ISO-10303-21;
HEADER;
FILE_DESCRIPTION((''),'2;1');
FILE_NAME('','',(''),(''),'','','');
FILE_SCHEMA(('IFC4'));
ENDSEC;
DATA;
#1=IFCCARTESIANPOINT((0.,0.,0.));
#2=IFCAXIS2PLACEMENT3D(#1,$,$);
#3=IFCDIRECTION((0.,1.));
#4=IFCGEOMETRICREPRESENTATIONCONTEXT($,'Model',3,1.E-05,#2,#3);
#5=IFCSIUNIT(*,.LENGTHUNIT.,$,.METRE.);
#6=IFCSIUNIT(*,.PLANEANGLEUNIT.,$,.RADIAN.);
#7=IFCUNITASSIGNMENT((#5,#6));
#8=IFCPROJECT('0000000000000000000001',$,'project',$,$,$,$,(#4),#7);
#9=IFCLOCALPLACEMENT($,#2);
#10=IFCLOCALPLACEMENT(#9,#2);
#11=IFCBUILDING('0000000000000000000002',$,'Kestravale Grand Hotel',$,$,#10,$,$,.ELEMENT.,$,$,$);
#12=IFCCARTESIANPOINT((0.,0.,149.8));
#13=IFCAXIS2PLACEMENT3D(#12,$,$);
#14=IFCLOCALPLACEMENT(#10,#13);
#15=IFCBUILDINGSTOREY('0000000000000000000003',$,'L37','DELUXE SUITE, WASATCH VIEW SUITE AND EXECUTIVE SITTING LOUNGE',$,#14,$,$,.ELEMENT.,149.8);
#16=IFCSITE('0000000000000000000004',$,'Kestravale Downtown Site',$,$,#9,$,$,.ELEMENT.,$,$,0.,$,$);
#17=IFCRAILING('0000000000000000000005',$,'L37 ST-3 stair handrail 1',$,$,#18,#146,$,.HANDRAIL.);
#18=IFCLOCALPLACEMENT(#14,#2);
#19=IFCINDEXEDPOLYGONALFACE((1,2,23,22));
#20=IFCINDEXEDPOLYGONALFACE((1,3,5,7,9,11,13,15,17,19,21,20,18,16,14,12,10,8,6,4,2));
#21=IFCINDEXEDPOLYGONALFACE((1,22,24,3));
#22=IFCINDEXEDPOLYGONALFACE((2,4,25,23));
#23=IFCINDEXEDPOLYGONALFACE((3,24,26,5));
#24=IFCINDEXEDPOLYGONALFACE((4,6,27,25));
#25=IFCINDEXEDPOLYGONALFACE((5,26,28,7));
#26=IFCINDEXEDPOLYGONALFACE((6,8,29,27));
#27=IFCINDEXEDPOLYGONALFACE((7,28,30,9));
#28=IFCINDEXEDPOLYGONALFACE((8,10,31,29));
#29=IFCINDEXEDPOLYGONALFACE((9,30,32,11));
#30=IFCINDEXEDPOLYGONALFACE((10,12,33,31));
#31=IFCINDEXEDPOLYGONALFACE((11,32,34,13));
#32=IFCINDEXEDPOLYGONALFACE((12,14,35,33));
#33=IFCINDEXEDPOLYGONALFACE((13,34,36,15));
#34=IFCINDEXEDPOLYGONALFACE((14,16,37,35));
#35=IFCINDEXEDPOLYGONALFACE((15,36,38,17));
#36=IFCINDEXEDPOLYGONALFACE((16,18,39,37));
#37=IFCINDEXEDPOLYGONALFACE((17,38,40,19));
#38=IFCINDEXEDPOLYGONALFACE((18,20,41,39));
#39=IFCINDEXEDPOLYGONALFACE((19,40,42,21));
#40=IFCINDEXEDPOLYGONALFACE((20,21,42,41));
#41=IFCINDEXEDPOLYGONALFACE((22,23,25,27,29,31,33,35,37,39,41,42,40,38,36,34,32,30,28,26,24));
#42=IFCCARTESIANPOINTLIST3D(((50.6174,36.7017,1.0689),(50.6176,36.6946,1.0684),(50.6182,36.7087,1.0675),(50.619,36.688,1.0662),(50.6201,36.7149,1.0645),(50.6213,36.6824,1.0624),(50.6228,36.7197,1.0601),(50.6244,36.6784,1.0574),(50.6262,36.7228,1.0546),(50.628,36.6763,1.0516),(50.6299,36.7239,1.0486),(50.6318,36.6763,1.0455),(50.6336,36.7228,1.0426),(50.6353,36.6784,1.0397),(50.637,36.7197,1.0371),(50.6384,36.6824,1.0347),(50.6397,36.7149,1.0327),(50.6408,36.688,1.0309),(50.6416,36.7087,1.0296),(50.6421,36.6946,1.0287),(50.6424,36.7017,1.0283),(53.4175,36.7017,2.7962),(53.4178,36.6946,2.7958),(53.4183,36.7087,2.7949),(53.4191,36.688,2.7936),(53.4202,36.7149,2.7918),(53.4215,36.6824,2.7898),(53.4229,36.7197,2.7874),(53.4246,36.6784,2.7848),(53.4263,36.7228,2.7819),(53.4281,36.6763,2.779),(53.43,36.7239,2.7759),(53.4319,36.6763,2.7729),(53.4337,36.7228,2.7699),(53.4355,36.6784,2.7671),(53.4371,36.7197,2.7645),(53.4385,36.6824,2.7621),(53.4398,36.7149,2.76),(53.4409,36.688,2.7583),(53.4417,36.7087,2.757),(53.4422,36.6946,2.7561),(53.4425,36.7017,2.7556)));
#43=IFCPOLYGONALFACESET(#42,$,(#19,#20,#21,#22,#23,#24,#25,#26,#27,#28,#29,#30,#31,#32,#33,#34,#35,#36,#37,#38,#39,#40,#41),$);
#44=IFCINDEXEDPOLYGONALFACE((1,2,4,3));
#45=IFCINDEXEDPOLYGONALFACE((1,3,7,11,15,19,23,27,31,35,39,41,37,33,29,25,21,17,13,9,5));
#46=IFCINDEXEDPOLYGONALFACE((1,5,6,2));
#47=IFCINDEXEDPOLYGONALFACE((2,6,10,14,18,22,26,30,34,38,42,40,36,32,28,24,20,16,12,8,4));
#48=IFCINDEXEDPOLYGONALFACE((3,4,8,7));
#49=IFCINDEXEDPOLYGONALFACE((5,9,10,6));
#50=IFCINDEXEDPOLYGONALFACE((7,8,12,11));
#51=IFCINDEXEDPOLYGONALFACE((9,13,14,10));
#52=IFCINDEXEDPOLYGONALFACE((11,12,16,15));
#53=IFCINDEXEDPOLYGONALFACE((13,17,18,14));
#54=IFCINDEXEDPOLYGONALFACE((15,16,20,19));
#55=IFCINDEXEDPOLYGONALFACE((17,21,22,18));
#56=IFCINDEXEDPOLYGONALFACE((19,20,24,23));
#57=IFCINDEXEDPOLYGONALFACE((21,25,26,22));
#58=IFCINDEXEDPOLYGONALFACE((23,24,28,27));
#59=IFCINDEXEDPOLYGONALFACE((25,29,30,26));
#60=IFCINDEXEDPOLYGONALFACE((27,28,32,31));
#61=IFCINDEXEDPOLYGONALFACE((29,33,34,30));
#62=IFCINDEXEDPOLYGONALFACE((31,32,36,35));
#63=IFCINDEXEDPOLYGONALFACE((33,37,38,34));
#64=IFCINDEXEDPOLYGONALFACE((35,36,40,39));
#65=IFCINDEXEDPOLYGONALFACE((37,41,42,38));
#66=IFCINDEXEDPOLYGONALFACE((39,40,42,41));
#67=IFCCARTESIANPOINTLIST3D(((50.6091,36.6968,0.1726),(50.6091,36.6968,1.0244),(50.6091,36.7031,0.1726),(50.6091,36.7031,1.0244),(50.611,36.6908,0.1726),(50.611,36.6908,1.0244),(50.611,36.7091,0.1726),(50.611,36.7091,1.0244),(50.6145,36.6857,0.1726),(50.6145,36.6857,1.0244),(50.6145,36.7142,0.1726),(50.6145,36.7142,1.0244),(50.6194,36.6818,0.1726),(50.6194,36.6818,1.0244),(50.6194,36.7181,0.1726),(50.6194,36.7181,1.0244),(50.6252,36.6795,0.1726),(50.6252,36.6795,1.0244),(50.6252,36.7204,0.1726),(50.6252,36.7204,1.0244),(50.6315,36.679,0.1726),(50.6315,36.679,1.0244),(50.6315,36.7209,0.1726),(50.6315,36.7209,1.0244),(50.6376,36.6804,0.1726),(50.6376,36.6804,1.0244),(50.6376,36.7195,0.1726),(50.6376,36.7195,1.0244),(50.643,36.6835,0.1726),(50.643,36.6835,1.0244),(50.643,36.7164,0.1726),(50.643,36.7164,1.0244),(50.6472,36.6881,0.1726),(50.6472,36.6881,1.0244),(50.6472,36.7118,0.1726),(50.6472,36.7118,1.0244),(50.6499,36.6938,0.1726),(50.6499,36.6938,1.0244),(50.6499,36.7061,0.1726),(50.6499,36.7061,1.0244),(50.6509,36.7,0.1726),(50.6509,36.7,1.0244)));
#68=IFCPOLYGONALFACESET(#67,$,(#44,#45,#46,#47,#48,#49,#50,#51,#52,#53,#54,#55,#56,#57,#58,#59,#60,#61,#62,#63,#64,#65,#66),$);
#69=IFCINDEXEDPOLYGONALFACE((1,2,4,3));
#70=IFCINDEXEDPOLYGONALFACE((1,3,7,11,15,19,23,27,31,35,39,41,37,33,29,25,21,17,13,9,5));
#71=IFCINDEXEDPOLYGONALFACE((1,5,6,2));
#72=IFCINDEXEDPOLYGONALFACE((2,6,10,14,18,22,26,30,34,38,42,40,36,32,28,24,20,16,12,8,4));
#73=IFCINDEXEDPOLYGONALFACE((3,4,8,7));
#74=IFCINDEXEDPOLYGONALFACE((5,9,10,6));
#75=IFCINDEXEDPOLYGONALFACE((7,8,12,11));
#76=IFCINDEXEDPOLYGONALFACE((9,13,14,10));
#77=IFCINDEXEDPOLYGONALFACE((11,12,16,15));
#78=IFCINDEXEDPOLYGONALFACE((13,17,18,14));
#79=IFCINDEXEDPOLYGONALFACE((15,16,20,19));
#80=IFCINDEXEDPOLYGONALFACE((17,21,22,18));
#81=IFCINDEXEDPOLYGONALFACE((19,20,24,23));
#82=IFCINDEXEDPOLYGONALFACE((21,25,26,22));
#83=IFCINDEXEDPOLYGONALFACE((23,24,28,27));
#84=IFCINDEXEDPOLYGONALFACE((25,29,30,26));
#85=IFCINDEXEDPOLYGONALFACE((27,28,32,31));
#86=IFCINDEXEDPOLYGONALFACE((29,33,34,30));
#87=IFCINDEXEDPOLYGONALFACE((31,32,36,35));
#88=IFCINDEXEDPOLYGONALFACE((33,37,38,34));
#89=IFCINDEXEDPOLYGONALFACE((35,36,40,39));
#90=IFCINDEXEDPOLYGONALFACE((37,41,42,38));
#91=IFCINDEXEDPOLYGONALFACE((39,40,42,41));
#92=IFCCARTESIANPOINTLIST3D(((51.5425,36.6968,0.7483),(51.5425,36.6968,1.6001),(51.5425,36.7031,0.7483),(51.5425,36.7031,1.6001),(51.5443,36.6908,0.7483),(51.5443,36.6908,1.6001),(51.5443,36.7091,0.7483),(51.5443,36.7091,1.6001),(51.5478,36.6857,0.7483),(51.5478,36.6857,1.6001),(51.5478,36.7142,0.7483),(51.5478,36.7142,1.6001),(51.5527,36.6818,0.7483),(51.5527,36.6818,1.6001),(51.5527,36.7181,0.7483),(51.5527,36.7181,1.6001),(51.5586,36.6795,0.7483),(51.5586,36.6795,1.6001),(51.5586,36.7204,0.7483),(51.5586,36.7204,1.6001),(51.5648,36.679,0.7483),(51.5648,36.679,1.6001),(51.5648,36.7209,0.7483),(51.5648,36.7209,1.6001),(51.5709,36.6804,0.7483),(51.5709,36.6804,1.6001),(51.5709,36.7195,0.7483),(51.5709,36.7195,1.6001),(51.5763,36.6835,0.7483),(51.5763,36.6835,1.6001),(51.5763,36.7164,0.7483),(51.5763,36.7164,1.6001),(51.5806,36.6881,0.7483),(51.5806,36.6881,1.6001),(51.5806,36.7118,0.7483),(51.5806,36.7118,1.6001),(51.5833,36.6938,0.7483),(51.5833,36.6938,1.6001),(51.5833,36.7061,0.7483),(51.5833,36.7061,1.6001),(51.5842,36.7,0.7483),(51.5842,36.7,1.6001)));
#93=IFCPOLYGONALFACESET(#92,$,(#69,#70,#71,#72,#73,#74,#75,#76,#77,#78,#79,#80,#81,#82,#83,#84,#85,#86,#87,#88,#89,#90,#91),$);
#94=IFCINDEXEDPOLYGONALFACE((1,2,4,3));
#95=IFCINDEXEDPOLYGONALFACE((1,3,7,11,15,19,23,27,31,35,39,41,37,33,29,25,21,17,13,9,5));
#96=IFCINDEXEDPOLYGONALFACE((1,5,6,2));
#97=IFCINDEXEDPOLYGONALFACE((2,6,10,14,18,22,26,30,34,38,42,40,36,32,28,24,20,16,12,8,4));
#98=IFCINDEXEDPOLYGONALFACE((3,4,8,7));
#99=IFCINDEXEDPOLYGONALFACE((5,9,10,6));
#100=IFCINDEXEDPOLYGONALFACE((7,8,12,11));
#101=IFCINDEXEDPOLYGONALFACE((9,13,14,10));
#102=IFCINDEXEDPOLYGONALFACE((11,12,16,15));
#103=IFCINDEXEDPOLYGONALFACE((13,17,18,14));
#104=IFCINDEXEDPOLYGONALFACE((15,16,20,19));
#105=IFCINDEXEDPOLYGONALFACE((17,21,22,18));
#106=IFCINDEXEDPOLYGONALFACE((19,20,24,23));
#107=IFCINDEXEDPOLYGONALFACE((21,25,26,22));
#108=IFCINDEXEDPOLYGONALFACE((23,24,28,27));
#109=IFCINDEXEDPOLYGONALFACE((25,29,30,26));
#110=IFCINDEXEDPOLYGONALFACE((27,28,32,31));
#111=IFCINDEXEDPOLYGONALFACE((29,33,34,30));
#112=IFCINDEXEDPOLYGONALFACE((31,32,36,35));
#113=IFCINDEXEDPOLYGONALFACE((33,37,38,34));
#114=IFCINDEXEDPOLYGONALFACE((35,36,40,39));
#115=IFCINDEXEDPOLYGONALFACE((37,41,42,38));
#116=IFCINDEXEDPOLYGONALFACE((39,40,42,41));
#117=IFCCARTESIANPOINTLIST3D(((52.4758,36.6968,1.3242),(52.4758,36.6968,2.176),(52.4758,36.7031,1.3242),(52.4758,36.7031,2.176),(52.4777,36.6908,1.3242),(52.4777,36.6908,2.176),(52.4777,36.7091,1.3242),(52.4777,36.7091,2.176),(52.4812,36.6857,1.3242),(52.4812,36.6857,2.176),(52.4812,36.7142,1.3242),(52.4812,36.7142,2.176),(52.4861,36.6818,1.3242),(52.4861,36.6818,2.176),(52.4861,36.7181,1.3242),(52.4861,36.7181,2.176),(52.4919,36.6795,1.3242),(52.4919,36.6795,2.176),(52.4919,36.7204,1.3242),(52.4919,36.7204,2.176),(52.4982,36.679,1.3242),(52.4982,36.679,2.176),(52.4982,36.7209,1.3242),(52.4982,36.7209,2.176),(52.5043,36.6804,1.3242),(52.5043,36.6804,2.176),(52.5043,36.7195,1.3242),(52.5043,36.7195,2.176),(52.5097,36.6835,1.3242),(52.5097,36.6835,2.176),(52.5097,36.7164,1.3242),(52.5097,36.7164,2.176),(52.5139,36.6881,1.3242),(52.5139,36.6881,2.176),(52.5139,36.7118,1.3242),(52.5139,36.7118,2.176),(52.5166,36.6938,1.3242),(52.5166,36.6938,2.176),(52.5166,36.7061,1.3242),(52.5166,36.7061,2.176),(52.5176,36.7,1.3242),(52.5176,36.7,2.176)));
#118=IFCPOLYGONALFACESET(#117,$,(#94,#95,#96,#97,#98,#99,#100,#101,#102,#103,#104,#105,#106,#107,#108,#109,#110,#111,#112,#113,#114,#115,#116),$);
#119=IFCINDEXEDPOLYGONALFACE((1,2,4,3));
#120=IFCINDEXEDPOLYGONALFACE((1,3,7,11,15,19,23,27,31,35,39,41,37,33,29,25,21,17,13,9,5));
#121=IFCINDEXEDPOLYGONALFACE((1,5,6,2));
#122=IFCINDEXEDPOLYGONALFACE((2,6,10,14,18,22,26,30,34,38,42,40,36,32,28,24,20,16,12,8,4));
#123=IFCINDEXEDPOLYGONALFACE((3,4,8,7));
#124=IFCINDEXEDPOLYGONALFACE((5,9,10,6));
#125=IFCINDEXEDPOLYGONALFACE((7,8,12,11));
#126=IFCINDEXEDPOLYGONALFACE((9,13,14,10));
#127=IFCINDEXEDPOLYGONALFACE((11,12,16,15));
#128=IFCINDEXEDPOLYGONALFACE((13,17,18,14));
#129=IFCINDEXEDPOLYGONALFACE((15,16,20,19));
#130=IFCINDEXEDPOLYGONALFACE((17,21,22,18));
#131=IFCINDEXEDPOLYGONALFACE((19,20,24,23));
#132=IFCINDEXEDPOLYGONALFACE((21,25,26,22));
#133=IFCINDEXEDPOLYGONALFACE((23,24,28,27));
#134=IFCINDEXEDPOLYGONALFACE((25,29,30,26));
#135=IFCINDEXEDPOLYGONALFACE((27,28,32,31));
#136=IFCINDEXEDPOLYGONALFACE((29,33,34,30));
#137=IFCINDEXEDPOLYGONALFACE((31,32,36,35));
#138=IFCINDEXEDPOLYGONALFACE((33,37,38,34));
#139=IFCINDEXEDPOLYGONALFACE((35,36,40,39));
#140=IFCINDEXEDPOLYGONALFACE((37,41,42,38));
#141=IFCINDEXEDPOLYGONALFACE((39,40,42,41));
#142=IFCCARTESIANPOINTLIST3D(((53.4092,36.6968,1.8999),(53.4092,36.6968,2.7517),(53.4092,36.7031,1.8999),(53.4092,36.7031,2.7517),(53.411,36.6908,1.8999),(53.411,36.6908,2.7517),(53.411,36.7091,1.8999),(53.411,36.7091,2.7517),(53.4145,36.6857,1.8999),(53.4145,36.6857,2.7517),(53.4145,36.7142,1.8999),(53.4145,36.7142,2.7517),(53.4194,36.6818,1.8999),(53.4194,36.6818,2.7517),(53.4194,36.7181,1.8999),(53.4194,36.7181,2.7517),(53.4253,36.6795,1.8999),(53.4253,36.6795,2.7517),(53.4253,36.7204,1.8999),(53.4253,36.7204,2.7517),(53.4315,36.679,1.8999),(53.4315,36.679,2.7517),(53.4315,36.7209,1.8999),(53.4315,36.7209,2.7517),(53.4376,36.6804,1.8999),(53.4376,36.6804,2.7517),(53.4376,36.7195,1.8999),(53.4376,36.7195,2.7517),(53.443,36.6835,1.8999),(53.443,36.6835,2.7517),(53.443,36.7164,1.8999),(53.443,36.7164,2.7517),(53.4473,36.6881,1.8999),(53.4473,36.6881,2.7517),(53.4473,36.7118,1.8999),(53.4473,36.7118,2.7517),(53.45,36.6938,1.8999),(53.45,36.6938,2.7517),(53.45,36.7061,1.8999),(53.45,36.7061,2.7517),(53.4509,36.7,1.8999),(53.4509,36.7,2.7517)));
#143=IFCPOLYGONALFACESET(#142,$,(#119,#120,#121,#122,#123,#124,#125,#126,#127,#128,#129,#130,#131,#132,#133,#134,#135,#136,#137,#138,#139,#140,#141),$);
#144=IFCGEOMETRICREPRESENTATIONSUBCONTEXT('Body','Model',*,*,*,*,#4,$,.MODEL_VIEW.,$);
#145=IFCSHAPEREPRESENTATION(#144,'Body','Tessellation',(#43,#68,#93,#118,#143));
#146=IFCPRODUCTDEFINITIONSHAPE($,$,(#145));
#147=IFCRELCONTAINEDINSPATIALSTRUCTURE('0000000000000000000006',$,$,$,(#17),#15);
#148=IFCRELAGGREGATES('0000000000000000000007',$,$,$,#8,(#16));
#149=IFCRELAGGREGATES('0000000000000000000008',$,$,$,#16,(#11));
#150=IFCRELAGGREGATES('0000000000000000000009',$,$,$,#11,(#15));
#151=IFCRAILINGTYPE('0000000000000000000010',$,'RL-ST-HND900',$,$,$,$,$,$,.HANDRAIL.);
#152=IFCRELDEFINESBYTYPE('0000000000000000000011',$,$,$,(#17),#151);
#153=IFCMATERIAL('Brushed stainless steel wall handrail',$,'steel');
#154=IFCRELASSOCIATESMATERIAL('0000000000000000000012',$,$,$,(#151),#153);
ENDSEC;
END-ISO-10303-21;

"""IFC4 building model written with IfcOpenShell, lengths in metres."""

from ifc_helpers import new_model, si_unit, direction, frame, origin, origin_2d, place, context, subcontext, project, spatial, circle, extrude, material, type_object, element, save


model = new_model("IFC4")

# Units and contexts
model_context = context("Model", 3, precision=1e-05, world=origin(), true_north=direction((0.0, 1.0)))
body_context = subcontext(model_context, "Body", "Model", "MODEL_VIEW")
ifc_project = project(units=[si_unit("LENGTHUNIT", "METRE"), si_unit("PLANEANGLEUNIT", "RADIAN")], contexts=[model_context])

# Site, building, storey
site_placement = place(None, origin())
site = spatial("IfcSite", under=ifc_project, at=site_placement, Name="Kestravale Downtown Site", CompositionType="ELEMENT", RefElevation=0.0)
building_placement = place(site_placement, origin())
building = spatial("IfcBuilding", under=site, at=building_placement, Name="Kestravale Grand Hotel", CompositionType="ELEMENT")
storey_placement = place(building_placement, frame((0.0, 0.0, 149.8)))
storey = spatial("IfcBuildingStorey", under=building, at=storey_placement, Name="L37", Description="DELUXE SUITE, WASATCH VIEW SUITE AND EXECUTIVE SITTING LOUNGE", CompositionType="ELEMENT", Elevation=149.8)

# Railing
ifc_material_1 = material(Name="Brushed stainless steel wall handrail", Category="steel")
railing_type_1 = type_object("IfcRailingType", Name="RL-ST-HND900", PredefinedType="HANDRAIL", material=ifc_material_1)
railing_1_placement = place(storey_placement, frame((50.6299, 36.7, 0.1726)))
element("IfcRailing", 1, at=railing_1_placement, inside=storey, type_object=railing_type_1, Name="L37 ST-3 stair handrail 1", PredefinedType="HANDRAIL", context=body_context, shape_type="SweptSolid", body=[
    extrude(circle(Radius=0.0239, at=origin_2d()), frame((0.0, 0.0, 0.876), z_axis=(0.85109, 0.0, 0.52502), x_axis=(0.0, 1.0, 0.0)), (0.0, 0.0, 1.0), 3.29),
    extrude(circle(Radius=0.021, at=origin_2d()), origin(), (0.0, 0.0, 1.0), 0.8518),
    extrude(circle(Radius=0.021, at=origin_2d()), frame((0.9333, 0.0, 0.5757)), (0.0, 0.0, 1.0), 0.8518),
    extrude(circle(Radius=0.021, at=origin_2d()), frame((1.8667, 0.0, 1.1516)), (0.0, 0.0, 1.0), 0.8518),
    extrude(circle(Radius=0.021, at=origin_2d()), frame((2.8, 0.0, 1.7273)), (0.0, 0.0, 1.0), 0.8518),
])

save(model, "model.ifc")
